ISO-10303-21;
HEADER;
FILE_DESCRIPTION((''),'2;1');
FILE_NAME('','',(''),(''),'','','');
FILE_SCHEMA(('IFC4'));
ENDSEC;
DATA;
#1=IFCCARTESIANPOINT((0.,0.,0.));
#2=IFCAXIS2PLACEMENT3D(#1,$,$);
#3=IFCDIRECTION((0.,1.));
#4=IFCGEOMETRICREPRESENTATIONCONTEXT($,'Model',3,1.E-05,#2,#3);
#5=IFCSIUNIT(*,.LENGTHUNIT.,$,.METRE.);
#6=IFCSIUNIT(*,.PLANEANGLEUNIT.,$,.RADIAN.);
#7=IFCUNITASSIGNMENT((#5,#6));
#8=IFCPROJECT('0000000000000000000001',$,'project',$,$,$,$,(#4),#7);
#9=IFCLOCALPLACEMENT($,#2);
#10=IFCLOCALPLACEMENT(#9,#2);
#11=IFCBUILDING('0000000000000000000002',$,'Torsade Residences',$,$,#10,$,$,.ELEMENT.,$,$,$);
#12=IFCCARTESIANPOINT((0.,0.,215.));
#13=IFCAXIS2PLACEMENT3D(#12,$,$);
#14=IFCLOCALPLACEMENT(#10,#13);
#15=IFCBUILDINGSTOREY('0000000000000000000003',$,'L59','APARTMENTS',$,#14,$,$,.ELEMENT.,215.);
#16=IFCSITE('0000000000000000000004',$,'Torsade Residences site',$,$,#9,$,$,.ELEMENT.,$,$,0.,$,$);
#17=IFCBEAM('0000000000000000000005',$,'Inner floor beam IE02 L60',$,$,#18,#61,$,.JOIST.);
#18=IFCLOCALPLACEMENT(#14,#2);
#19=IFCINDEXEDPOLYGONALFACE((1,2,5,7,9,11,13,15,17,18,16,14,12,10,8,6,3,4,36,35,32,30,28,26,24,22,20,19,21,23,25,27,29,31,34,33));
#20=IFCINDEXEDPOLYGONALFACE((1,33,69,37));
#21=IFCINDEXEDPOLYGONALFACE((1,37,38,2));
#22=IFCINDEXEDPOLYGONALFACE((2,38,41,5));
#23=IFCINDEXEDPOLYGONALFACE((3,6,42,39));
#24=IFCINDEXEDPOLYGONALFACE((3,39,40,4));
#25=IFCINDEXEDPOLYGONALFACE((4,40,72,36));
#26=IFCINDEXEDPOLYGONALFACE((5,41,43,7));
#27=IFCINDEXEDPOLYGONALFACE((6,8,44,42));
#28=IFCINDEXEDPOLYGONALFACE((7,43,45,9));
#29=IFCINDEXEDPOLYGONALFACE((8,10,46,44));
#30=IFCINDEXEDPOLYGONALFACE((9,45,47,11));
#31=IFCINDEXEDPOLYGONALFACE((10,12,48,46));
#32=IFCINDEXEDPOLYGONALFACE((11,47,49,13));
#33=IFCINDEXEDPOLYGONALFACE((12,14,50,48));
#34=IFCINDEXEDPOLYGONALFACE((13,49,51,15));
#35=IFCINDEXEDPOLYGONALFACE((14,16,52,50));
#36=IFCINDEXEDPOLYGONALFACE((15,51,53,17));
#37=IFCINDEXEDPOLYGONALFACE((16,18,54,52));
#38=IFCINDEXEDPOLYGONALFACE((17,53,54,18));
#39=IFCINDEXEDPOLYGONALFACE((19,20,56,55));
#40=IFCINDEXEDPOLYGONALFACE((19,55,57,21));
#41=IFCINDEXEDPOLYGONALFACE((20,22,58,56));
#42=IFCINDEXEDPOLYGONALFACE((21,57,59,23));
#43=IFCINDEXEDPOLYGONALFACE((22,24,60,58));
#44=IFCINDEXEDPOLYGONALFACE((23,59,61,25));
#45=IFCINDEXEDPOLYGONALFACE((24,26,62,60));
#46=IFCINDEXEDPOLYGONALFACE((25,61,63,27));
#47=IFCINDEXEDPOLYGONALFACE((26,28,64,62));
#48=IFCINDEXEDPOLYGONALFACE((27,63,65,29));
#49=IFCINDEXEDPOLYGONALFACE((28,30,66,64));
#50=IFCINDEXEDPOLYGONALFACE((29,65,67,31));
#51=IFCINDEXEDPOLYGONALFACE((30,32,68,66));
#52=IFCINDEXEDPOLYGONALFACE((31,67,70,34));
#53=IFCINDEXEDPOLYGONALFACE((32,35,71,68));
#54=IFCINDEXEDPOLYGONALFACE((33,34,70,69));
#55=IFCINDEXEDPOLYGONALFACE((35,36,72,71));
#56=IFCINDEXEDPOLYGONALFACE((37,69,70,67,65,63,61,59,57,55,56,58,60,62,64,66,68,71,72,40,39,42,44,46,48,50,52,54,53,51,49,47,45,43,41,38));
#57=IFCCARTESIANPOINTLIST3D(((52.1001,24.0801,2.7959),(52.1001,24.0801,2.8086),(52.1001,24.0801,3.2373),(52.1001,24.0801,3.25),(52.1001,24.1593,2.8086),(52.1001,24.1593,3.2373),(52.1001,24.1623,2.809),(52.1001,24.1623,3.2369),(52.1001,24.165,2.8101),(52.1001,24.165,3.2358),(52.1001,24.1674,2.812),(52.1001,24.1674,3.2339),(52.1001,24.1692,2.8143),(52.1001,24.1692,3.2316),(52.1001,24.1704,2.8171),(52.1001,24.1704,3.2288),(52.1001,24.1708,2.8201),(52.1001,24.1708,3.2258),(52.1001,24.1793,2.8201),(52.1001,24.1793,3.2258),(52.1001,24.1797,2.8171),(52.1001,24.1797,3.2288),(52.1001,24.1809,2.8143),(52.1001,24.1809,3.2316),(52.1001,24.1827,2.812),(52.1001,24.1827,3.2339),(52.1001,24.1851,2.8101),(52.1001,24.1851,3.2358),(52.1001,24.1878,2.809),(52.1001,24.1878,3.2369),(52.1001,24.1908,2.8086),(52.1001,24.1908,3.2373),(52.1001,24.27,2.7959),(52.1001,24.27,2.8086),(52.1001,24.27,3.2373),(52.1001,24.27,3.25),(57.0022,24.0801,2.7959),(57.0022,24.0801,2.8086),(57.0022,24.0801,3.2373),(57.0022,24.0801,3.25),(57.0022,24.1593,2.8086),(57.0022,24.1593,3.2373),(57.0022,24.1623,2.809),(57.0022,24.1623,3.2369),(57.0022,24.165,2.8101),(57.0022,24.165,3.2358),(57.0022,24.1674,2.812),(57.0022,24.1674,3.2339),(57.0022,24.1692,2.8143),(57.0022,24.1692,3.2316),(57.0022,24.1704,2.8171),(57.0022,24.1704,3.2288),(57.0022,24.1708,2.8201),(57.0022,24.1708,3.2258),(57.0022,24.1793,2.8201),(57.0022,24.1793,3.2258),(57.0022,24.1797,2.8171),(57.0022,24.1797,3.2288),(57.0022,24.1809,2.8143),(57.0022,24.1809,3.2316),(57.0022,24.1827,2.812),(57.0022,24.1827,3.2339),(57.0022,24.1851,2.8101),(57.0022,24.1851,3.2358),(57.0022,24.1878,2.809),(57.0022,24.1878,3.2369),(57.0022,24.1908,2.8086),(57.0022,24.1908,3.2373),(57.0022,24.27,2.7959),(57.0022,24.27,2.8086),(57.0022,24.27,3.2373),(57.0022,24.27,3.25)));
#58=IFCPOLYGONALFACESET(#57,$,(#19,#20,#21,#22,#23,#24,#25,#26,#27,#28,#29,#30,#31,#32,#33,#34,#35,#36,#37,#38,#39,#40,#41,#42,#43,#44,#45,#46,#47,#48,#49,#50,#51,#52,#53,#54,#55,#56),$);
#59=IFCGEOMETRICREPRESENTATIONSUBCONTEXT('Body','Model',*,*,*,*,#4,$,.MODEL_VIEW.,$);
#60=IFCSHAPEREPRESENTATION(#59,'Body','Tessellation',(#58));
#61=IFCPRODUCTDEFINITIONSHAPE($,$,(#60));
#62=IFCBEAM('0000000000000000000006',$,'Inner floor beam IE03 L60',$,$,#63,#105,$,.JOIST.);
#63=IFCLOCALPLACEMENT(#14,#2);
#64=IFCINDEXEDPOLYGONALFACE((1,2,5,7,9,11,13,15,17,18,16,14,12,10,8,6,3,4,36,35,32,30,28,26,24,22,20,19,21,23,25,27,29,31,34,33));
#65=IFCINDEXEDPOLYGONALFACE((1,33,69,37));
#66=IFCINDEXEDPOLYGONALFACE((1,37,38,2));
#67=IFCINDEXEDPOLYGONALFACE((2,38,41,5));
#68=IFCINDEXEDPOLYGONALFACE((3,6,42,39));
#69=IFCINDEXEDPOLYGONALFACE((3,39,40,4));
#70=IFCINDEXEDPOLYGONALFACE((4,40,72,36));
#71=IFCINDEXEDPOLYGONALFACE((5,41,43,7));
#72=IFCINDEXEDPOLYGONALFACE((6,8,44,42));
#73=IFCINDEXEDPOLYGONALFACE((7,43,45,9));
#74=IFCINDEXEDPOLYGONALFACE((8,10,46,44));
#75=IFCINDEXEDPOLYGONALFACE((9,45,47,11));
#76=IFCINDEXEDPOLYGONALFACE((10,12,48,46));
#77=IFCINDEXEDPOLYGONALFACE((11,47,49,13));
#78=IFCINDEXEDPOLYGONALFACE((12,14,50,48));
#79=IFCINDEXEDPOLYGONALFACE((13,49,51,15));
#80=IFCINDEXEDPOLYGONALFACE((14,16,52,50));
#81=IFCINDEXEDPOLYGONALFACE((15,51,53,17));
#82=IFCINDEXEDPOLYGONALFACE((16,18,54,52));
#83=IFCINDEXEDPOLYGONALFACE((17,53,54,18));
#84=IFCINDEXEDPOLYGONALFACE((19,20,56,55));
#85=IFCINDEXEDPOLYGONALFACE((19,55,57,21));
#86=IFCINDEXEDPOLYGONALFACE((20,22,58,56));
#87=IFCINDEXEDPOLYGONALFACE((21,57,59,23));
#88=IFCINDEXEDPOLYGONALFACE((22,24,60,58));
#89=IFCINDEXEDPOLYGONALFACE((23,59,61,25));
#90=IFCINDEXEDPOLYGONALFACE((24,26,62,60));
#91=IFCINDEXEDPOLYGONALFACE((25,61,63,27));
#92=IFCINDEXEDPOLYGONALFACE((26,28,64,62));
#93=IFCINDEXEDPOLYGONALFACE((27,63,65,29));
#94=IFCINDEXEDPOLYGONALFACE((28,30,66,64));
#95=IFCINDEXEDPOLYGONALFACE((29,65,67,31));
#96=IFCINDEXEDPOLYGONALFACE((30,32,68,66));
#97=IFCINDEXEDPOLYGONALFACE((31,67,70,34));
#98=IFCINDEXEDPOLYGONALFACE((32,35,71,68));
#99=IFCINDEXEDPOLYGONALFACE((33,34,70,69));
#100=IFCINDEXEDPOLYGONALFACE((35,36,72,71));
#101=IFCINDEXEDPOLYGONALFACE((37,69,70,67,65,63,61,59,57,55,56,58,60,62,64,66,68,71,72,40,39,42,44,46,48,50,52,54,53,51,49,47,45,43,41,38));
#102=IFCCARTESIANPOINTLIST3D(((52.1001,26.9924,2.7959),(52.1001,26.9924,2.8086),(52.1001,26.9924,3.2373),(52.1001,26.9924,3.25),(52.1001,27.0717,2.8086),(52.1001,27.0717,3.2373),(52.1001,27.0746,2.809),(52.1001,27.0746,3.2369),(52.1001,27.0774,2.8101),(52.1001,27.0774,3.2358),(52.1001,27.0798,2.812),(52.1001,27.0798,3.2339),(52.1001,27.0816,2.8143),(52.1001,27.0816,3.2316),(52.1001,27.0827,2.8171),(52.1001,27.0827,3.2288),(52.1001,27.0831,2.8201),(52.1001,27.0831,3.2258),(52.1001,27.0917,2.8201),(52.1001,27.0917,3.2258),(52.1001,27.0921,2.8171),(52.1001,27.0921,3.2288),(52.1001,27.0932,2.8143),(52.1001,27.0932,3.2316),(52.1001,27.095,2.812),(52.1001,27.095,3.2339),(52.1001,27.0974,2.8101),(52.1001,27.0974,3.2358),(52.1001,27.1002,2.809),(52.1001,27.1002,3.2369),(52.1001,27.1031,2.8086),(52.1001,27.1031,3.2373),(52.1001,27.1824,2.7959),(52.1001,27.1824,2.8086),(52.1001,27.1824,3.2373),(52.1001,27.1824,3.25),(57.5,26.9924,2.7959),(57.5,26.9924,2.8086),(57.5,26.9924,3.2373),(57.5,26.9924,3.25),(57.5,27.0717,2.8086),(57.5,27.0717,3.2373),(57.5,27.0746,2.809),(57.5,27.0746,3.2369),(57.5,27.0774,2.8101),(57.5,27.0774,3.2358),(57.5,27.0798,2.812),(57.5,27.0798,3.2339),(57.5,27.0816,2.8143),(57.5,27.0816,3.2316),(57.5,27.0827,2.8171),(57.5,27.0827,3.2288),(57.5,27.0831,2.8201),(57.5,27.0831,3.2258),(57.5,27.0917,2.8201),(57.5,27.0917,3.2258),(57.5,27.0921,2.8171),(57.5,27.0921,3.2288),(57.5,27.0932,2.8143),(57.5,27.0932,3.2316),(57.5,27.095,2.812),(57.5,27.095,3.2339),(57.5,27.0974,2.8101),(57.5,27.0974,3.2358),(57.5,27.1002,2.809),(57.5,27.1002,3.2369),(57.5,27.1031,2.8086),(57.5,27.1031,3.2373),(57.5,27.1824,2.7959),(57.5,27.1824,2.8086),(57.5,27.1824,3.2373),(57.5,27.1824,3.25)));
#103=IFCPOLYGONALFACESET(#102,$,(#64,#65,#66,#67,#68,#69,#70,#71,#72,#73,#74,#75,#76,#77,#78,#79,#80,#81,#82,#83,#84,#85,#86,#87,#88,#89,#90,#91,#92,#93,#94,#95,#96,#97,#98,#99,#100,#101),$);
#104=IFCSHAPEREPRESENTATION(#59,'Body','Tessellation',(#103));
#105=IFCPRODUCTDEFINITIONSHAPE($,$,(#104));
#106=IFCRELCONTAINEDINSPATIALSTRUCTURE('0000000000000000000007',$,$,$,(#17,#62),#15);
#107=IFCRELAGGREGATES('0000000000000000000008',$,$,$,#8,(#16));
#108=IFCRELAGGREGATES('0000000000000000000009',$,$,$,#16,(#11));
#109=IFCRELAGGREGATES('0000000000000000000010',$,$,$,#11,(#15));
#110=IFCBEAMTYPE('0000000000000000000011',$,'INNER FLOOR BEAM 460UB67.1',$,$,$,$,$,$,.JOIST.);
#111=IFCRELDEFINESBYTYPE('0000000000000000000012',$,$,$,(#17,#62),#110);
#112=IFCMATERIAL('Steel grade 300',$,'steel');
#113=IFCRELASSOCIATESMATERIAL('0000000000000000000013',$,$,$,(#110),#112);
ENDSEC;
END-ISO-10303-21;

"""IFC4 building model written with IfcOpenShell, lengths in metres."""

from ifc_helpers import new_model, si_unit, direction, frame, origin, origin_2d, place, context, subcontext, project, spatial, i_section, extrude, material, material_profile, profile_set, type_object, element, save


model = new_model("IFC4")

# Units and contexts
model_context = context("Model", 3, precision=1e-05, world=origin(), true_north=direction((0.0, 1.0)))
body_context = subcontext(model_context, "Body", "Model", "MODEL_VIEW")
ifc_project = project(units=[si_unit("LENGTHUNIT", "METRE"), si_unit("PLANEANGLEUNIT", "RADIAN")], contexts=[model_context])

# Site, building, storey
site_placement = place(None, origin())
site = spatial("IfcSite", under=ifc_project, at=site_placement, Name="Torsade Residences site", CompositionType="ELEMENT", RefElevation=0.0)
building_placement = place(site_placement, origin())
building = spatial("IfcBuilding", under=site, at=building_placement, Name="Torsade Residences", CompositionType="ELEMENT")
storey_placement = place(building_placement, frame((0.0, 0.0, 215.0)))
storey = spatial("IfcBuildingStorey", under=building, at=storey_placement, Name="L59", Description="APARTMENTS", CompositionType="ELEMENT", Elevation=215.0)

# Beams
ifc_material_1 = material(Name="Steel grade 300", Category="steel")
ifc_material_profile = material_profile(ifc_material_1, i_section(OverallWidth=0.1899, OverallDepth=0.4541, WebThickness=0.0085, FlangeThickness=0.0127, FilletRadius=0.0115, at=origin_2d()), Name="460UB67.1")
ifc_profile_set = profile_set([ifc_material_profile], Name="Steel grade 300")
beam_type = type_object("IfcBeamType", Name="INNER FLOOR BEAM 460UB67.1", PredefinedType="JOIST", material=ifc_profile_set)
beam_1_placement = place(storey_placement, frame((52.1001, 24.175, 3.0229), z_axis=(1.0, 0.0, 0.0), x_axis=(0.0, 1.0, 0.0)))
element("IfcBeam", 1, at=beam_1_placement, inside=storey, type_object=beam_type, Name="Inner floor beam IE02 L60", PredefinedType="JOIST", context=body_context, shape_type="SweptSolid", body=[
    extrude(i_section(OverallWidth=0.1899, OverallDepth=0.4541, WebThickness=0.0085, FlangeThickness=0.0127, FilletRadius=0.0115, at=origin_2d()), origin(), (0.0, 0.0, 1.0), 4.9021),
])
beam_2_placement = place(storey_placement, frame((52.1001, 27.0874, 3.0229), z_axis=(1.0, 0.0, 0.0), x_axis=(0.0, 1.0, 0.0)))
element("IfcBeam", 2, at=beam_2_placement, inside=storey, type_object=beam_type, Name="Inner floor beam IE03 L60", PredefinedType="JOIST", context=body_context, shape_type="SweptSolid", body=[
    extrude(i_section(OverallWidth=0.1899, OverallDepth=0.4541, WebThickness=0.0085, FlangeThickness=0.0127, FilletRadius=0.0115, at=origin_2d()), origin(), (0.0, 0.0, 1.0), 5.3999),
])

save(model, "model.ifc")
